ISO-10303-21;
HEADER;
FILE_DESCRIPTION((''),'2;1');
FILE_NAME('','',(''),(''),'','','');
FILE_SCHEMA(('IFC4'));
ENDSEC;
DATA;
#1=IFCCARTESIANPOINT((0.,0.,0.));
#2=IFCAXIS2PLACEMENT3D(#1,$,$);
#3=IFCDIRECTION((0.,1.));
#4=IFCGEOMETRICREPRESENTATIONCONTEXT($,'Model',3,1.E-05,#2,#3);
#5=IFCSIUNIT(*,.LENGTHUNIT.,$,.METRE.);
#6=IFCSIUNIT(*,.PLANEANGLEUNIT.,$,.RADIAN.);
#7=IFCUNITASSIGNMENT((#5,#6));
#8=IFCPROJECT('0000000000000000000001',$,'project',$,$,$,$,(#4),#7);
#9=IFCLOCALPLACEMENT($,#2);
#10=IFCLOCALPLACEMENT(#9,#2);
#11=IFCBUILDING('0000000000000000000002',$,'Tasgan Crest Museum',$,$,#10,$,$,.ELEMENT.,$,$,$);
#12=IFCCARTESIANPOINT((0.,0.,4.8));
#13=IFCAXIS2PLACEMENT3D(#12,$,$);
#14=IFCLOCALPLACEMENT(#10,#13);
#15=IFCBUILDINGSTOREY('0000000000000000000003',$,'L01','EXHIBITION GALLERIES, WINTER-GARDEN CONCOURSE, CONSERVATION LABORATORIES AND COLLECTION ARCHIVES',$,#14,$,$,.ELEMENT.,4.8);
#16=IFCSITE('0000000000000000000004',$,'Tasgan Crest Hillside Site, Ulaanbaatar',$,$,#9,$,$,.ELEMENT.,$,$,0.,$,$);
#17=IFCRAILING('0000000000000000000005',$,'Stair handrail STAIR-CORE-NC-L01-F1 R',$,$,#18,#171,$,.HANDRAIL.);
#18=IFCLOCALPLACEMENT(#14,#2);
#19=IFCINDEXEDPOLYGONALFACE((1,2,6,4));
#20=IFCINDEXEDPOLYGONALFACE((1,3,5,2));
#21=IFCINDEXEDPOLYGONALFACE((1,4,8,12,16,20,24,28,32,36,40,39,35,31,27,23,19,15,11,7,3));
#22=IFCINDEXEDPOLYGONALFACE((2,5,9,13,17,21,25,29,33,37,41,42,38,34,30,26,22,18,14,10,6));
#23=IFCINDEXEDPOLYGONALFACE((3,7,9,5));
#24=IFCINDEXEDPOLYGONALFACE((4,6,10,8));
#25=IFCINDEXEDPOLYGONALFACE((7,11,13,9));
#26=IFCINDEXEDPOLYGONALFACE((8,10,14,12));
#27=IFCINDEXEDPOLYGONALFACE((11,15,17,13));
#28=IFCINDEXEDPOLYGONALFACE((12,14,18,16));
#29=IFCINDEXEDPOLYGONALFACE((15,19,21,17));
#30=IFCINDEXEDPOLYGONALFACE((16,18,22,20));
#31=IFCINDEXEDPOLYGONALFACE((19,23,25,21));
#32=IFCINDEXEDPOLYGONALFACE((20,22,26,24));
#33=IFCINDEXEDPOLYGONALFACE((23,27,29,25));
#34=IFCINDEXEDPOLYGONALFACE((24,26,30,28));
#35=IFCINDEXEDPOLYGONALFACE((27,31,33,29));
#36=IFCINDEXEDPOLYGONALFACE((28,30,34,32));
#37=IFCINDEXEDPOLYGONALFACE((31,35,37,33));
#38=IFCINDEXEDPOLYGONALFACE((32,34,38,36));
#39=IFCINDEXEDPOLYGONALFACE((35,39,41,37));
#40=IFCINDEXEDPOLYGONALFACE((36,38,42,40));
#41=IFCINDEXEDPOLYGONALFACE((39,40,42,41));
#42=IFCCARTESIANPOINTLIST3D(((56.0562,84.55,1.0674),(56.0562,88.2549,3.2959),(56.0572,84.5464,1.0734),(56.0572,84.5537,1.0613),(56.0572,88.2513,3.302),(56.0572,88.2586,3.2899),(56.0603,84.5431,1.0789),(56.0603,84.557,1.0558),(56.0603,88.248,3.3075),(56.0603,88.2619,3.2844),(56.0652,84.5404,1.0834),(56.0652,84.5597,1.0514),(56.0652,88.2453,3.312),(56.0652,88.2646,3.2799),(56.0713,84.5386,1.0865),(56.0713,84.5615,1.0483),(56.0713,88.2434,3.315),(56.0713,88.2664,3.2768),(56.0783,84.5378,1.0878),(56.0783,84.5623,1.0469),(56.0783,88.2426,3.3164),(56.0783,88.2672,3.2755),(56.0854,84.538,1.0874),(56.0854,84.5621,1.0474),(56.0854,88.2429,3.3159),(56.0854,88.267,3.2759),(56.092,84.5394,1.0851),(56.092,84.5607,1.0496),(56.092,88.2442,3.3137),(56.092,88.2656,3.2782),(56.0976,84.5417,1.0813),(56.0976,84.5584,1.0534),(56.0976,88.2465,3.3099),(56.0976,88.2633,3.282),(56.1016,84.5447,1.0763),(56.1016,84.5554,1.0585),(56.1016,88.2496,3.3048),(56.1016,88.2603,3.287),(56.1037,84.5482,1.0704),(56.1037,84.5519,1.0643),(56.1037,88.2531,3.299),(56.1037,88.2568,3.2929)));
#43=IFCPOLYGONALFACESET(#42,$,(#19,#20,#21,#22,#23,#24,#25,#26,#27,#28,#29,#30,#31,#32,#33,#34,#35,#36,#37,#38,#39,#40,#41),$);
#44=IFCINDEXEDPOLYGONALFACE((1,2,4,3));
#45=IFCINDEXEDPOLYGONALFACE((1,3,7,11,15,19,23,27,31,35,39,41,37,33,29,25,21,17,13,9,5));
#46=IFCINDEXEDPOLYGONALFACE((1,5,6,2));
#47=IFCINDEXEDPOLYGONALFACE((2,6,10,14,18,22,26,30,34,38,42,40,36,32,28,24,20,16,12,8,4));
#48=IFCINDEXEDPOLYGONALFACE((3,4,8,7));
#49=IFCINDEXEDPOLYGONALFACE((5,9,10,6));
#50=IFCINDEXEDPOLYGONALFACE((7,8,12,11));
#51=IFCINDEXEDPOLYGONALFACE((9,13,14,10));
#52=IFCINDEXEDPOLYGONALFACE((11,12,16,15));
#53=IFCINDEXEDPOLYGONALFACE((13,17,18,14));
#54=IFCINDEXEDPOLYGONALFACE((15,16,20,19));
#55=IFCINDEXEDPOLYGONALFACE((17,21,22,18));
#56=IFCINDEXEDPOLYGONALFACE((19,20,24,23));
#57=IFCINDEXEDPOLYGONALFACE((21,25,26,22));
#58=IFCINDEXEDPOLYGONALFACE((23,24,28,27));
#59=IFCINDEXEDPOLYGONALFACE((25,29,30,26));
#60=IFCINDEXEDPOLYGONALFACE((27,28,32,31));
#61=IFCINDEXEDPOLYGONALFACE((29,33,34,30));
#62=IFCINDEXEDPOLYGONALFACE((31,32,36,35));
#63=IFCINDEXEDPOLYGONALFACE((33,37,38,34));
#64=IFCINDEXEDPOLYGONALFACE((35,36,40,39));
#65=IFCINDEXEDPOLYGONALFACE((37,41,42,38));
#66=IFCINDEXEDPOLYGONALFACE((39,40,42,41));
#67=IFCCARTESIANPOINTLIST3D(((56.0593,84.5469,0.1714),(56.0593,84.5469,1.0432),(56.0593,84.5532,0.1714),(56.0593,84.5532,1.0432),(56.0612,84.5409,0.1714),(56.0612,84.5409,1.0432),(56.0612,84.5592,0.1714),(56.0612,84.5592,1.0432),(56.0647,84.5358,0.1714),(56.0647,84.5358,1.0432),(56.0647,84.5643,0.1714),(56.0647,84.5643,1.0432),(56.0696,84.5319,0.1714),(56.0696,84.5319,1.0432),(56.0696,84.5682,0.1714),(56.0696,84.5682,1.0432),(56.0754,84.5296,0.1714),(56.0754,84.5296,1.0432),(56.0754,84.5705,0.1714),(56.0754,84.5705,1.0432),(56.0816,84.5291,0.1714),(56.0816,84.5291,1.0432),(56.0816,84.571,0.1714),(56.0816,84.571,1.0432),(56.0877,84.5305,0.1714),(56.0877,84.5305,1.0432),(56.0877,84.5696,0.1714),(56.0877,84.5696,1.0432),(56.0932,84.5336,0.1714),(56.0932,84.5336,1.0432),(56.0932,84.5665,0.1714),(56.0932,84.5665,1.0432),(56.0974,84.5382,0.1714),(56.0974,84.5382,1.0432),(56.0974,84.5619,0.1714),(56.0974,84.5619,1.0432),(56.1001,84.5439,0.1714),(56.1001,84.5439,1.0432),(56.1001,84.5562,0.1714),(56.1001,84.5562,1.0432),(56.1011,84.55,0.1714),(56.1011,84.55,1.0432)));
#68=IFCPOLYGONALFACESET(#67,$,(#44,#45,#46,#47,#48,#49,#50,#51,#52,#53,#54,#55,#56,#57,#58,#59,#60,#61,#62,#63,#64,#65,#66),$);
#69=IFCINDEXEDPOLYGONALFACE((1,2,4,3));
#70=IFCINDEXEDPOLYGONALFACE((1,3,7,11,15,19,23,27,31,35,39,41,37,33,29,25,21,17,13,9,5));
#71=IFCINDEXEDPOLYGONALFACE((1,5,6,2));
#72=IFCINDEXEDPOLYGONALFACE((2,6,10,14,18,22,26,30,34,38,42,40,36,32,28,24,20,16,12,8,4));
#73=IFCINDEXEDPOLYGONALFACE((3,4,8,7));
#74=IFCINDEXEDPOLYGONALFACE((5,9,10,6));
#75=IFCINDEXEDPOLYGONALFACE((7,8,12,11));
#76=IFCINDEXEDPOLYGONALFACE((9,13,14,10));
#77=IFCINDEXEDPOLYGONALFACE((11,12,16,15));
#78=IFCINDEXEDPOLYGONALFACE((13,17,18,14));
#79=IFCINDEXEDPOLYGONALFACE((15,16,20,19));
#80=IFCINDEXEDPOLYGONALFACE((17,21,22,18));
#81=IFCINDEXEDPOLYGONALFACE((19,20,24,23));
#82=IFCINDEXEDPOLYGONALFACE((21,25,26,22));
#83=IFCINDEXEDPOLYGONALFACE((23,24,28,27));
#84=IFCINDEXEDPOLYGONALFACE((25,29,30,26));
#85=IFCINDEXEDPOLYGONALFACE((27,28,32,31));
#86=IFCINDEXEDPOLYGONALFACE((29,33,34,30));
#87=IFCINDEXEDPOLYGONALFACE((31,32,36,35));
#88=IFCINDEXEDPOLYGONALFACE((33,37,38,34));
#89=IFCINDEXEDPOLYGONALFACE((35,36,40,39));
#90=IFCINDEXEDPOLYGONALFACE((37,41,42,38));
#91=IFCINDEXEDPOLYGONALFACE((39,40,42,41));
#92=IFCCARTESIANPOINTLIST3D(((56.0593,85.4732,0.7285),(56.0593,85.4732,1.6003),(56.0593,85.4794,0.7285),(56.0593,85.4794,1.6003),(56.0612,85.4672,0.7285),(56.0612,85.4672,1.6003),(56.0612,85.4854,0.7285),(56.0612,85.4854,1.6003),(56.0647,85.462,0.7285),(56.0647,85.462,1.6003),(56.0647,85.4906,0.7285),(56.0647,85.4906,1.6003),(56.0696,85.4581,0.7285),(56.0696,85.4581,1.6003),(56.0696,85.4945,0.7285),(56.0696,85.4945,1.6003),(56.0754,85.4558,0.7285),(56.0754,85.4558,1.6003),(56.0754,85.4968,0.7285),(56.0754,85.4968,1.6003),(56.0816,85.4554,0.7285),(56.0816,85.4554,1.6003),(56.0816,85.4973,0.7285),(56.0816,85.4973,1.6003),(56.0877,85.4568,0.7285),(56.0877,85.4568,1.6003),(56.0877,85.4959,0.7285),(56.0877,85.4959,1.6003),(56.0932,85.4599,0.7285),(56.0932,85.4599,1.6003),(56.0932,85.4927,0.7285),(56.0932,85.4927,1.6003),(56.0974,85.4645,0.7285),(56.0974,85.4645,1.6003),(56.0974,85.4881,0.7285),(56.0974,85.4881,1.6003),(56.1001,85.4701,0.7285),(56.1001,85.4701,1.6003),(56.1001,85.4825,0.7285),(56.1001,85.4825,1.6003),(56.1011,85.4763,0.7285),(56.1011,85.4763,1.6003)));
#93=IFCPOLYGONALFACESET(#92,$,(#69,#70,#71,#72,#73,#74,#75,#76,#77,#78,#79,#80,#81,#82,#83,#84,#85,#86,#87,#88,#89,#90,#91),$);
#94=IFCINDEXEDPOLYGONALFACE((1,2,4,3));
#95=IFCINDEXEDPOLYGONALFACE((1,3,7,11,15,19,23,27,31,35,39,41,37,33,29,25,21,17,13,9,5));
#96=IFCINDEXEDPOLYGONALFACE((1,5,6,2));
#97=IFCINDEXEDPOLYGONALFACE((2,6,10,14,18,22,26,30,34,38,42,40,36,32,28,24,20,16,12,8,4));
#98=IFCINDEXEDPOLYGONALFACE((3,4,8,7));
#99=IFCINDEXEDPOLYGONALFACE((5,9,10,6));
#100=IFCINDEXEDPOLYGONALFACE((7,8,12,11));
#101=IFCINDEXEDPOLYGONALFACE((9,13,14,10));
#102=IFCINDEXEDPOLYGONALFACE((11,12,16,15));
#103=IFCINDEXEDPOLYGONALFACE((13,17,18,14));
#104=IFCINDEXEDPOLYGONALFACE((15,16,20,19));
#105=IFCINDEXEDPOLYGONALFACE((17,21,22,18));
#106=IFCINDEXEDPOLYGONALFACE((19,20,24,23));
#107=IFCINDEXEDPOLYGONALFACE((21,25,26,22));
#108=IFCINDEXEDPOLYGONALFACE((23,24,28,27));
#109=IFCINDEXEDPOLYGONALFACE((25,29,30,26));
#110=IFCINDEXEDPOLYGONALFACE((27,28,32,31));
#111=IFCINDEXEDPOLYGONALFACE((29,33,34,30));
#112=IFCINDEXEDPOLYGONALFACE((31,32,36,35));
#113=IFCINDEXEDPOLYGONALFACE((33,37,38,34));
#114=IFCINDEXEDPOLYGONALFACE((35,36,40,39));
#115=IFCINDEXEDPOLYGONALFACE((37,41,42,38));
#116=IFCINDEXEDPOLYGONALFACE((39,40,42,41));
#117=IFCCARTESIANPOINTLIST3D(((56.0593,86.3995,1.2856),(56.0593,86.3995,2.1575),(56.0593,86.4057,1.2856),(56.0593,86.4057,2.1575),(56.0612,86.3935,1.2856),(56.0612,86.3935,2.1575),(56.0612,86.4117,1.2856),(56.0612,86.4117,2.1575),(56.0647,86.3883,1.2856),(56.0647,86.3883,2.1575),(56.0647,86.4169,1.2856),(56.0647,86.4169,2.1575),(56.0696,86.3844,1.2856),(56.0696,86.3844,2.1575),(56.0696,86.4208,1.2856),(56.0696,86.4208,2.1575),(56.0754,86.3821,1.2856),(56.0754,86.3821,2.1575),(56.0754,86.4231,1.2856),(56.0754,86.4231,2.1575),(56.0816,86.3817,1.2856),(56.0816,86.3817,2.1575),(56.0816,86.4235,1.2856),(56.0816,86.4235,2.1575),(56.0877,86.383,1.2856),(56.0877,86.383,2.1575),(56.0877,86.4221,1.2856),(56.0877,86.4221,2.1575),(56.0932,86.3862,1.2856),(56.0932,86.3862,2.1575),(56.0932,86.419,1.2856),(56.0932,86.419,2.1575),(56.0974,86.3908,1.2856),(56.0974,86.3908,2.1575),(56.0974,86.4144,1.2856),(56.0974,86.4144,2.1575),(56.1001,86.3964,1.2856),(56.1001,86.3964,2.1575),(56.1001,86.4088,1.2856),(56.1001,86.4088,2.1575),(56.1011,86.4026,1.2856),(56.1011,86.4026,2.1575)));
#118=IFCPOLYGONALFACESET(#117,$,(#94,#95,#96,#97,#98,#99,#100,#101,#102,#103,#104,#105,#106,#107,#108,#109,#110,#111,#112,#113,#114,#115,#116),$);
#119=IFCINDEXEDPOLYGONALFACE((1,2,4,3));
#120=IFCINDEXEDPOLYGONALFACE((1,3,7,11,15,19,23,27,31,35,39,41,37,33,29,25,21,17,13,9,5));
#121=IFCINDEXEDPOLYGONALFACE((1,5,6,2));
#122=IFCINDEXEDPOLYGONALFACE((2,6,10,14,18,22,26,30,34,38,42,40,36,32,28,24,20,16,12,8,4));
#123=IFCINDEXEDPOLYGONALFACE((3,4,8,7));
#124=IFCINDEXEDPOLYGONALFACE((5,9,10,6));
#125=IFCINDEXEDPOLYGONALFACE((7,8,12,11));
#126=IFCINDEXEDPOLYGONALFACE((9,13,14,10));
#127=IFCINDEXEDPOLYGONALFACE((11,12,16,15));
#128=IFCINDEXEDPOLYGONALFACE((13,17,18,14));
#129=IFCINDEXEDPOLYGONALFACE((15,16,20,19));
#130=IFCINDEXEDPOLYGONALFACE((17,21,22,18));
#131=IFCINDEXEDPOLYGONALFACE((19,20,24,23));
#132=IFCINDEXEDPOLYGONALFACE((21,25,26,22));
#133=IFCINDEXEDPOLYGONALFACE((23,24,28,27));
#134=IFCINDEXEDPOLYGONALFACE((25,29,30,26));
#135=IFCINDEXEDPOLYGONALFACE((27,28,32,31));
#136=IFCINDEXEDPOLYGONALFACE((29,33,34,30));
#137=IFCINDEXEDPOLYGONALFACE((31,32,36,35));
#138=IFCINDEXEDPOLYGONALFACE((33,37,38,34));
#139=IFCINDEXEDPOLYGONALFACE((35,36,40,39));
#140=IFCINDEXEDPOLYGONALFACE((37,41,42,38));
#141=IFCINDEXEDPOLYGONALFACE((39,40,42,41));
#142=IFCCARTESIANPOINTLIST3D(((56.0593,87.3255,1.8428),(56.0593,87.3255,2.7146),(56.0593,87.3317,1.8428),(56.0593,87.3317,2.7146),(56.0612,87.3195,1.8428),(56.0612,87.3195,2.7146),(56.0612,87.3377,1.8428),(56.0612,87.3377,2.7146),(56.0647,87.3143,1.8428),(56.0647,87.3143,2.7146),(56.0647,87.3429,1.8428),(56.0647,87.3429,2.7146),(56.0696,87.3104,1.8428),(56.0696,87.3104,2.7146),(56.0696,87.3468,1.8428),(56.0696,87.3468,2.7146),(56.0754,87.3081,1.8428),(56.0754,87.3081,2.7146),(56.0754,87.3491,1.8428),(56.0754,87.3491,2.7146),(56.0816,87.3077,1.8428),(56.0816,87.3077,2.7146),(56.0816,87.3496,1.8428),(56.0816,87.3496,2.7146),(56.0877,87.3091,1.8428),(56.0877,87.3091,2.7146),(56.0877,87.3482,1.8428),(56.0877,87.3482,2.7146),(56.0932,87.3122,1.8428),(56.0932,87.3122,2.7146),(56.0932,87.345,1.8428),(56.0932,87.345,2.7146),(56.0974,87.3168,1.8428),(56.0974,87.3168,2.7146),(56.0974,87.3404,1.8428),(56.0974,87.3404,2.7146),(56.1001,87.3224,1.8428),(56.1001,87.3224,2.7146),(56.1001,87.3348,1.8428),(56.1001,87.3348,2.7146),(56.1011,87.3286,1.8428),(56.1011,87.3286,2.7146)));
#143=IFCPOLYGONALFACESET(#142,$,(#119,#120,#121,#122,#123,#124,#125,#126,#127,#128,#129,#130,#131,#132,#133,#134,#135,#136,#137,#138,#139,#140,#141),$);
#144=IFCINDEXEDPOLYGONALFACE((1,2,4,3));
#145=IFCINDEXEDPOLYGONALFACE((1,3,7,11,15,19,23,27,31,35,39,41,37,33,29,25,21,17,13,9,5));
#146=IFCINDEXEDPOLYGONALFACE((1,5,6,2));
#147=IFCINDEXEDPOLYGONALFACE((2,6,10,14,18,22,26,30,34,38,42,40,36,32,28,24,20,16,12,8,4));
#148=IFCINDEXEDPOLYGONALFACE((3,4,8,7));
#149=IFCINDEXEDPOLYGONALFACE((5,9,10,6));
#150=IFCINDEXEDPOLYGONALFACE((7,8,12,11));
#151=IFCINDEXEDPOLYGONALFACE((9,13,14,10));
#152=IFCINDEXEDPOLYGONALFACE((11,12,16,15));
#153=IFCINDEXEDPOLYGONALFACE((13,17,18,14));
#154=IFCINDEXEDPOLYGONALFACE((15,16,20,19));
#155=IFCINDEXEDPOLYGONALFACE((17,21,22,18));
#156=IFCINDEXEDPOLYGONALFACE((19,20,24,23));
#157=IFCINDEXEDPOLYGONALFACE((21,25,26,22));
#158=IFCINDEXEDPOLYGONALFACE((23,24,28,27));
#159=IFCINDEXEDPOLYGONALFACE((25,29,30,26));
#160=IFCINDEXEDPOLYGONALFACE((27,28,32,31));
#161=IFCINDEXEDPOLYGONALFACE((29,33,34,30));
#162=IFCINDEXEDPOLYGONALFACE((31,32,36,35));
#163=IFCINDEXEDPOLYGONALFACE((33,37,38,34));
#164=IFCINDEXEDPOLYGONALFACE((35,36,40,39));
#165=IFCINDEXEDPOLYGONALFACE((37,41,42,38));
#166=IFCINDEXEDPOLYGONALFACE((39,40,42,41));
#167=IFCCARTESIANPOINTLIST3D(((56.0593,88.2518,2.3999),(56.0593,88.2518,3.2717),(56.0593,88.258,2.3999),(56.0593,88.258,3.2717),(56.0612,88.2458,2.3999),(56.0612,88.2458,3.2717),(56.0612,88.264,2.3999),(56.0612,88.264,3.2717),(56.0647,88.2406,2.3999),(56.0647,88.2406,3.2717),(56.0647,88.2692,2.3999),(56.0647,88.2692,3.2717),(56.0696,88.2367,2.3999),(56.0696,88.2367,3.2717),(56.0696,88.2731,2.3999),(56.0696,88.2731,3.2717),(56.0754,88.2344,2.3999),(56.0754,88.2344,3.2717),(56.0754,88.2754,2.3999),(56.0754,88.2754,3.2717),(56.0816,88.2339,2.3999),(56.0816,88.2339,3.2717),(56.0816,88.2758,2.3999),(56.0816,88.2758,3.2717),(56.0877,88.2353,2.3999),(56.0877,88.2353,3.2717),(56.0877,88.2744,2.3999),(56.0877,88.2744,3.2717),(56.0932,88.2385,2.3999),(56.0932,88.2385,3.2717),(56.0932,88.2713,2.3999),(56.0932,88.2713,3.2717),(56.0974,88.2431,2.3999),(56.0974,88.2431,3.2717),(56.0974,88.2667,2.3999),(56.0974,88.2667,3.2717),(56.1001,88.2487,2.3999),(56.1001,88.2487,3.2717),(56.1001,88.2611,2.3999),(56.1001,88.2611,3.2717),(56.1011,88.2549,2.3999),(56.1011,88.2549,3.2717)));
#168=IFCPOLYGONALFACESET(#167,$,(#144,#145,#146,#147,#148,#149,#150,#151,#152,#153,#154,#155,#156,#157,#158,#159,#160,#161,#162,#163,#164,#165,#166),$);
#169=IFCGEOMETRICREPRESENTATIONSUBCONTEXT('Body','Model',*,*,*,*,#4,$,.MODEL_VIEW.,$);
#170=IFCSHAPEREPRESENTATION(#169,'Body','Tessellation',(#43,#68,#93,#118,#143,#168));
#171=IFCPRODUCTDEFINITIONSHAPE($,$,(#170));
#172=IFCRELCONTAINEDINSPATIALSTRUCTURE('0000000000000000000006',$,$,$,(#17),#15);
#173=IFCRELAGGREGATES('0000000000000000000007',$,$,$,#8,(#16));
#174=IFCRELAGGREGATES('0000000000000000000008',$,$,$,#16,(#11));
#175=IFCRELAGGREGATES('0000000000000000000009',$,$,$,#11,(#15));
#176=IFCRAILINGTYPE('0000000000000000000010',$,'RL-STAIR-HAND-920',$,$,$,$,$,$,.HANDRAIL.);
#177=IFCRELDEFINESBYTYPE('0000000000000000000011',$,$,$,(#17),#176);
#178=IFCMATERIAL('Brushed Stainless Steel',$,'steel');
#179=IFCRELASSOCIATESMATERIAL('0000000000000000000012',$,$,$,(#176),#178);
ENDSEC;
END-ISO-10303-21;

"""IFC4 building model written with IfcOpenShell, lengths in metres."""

from ifc_helpers import new_model, si_unit, direction, frame, origin, origin_2d, place, context, subcontext, project, spatial, circle, extrude, material, type_object, element, save


model = new_model("IFC4")

# Units and contexts
model_context = context("Model", 3, precision=1e-05, world=origin(), true_north=direction((0.0, 1.0)))
body_context = subcontext(model_context, "Body", "Model", "MODEL_VIEW")
ifc_project = project(units=[si_unit("LENGTHUNIT", "METRE"), si_unit("PLANEANGLEUNIT", "RADIAN")], contexts=[model_context])

# Site, building, storey
site_placement = place(None, origin())
site = spatial("IfcSite", under=ifc_project, at=site_placement, Name="Tasgan Crest Hillside Site, Ulaanbaatar", CompositionType="ELEMENT", RefElevation=0.0)
building_placement = place(site_placement, origin())
building = spatial("IfcBuilding", under=site, at=building_placement, Name="Tasgan Crest Museum", CompositionType="ELEMENT")
storey_placement = place(building_placement, frame((0.0, 0.0, 4.8)))
storey = spatial("IfcBuildingStorey", under=building, at=storey_placement, Name="L01", Description="EXHIBITION GALLERIES, WINTER-GARDEN CONCOURSE, CONSERVATION LABORATORIES AND COLLECTION ARCHIVES", CompositionType="ELEMENT", Elevation=4.8)

# Railing
ifc_material_1 = material(Name="Brushed Stainless Steel", Category="steel")
railing_type_1 = type_object("IfcRailingType", Name="RL-STAIR-HAND-920", PredefinedType="HANDRAIL", material=ifc_material_1)
for number, where, name in (
    (1, (56.0801, 84.55, 0.1714), "Stair handrail STAIR-CORE-NC-L01-F1 R"),
):
    element("IfcRailing", number, at=place(storey_placement, frame(where)), inside=storey, type_object=railing_type_1, Name=name, PredefinedType="HANDRAIL", context=body_context, shape_type="SweptSolid", body=[
        extrude(circle(Radius=0.0239, at=origin_2d()), frame((0.0, 0.0, 0.896), z_axis=(0.0, 0.856919, 0.51545), x_axis=(-1.0, 0.0, 0.0)), (0.0, 0.0, 1.0), 4.3235),
        extrude(circle(Radius=0.021, at=origin_2d()), origin(), (0.0, 0.0, 1.0), 0.8718),
        extrude(circle(Radius=0.021, at=origin_2d()), frame((0.0, 0.9263, 0.5571)), (0.0, 0.0, 1.0), 0.8718),
        extrude(circle(Radius=0.021, at=origin_2d()), frame((0.0, 1.8525, 1.1143)), (0.0, 0.0, 1.0), 0.8718),
        extrude(circle(Radius=0.021, at=origin_2d()), frame((0.0, 2.7786, 1.6714)), (0.0, 0.0, 1.0), 0.8718),
        extrude(circle(Radius=0.021, at=origin_2d()), frame((0.0, 3.7048, 2.2285)), (0.0, 0.0, 1.0), 0.8718),
    ])

save(model, "model.ifc")
